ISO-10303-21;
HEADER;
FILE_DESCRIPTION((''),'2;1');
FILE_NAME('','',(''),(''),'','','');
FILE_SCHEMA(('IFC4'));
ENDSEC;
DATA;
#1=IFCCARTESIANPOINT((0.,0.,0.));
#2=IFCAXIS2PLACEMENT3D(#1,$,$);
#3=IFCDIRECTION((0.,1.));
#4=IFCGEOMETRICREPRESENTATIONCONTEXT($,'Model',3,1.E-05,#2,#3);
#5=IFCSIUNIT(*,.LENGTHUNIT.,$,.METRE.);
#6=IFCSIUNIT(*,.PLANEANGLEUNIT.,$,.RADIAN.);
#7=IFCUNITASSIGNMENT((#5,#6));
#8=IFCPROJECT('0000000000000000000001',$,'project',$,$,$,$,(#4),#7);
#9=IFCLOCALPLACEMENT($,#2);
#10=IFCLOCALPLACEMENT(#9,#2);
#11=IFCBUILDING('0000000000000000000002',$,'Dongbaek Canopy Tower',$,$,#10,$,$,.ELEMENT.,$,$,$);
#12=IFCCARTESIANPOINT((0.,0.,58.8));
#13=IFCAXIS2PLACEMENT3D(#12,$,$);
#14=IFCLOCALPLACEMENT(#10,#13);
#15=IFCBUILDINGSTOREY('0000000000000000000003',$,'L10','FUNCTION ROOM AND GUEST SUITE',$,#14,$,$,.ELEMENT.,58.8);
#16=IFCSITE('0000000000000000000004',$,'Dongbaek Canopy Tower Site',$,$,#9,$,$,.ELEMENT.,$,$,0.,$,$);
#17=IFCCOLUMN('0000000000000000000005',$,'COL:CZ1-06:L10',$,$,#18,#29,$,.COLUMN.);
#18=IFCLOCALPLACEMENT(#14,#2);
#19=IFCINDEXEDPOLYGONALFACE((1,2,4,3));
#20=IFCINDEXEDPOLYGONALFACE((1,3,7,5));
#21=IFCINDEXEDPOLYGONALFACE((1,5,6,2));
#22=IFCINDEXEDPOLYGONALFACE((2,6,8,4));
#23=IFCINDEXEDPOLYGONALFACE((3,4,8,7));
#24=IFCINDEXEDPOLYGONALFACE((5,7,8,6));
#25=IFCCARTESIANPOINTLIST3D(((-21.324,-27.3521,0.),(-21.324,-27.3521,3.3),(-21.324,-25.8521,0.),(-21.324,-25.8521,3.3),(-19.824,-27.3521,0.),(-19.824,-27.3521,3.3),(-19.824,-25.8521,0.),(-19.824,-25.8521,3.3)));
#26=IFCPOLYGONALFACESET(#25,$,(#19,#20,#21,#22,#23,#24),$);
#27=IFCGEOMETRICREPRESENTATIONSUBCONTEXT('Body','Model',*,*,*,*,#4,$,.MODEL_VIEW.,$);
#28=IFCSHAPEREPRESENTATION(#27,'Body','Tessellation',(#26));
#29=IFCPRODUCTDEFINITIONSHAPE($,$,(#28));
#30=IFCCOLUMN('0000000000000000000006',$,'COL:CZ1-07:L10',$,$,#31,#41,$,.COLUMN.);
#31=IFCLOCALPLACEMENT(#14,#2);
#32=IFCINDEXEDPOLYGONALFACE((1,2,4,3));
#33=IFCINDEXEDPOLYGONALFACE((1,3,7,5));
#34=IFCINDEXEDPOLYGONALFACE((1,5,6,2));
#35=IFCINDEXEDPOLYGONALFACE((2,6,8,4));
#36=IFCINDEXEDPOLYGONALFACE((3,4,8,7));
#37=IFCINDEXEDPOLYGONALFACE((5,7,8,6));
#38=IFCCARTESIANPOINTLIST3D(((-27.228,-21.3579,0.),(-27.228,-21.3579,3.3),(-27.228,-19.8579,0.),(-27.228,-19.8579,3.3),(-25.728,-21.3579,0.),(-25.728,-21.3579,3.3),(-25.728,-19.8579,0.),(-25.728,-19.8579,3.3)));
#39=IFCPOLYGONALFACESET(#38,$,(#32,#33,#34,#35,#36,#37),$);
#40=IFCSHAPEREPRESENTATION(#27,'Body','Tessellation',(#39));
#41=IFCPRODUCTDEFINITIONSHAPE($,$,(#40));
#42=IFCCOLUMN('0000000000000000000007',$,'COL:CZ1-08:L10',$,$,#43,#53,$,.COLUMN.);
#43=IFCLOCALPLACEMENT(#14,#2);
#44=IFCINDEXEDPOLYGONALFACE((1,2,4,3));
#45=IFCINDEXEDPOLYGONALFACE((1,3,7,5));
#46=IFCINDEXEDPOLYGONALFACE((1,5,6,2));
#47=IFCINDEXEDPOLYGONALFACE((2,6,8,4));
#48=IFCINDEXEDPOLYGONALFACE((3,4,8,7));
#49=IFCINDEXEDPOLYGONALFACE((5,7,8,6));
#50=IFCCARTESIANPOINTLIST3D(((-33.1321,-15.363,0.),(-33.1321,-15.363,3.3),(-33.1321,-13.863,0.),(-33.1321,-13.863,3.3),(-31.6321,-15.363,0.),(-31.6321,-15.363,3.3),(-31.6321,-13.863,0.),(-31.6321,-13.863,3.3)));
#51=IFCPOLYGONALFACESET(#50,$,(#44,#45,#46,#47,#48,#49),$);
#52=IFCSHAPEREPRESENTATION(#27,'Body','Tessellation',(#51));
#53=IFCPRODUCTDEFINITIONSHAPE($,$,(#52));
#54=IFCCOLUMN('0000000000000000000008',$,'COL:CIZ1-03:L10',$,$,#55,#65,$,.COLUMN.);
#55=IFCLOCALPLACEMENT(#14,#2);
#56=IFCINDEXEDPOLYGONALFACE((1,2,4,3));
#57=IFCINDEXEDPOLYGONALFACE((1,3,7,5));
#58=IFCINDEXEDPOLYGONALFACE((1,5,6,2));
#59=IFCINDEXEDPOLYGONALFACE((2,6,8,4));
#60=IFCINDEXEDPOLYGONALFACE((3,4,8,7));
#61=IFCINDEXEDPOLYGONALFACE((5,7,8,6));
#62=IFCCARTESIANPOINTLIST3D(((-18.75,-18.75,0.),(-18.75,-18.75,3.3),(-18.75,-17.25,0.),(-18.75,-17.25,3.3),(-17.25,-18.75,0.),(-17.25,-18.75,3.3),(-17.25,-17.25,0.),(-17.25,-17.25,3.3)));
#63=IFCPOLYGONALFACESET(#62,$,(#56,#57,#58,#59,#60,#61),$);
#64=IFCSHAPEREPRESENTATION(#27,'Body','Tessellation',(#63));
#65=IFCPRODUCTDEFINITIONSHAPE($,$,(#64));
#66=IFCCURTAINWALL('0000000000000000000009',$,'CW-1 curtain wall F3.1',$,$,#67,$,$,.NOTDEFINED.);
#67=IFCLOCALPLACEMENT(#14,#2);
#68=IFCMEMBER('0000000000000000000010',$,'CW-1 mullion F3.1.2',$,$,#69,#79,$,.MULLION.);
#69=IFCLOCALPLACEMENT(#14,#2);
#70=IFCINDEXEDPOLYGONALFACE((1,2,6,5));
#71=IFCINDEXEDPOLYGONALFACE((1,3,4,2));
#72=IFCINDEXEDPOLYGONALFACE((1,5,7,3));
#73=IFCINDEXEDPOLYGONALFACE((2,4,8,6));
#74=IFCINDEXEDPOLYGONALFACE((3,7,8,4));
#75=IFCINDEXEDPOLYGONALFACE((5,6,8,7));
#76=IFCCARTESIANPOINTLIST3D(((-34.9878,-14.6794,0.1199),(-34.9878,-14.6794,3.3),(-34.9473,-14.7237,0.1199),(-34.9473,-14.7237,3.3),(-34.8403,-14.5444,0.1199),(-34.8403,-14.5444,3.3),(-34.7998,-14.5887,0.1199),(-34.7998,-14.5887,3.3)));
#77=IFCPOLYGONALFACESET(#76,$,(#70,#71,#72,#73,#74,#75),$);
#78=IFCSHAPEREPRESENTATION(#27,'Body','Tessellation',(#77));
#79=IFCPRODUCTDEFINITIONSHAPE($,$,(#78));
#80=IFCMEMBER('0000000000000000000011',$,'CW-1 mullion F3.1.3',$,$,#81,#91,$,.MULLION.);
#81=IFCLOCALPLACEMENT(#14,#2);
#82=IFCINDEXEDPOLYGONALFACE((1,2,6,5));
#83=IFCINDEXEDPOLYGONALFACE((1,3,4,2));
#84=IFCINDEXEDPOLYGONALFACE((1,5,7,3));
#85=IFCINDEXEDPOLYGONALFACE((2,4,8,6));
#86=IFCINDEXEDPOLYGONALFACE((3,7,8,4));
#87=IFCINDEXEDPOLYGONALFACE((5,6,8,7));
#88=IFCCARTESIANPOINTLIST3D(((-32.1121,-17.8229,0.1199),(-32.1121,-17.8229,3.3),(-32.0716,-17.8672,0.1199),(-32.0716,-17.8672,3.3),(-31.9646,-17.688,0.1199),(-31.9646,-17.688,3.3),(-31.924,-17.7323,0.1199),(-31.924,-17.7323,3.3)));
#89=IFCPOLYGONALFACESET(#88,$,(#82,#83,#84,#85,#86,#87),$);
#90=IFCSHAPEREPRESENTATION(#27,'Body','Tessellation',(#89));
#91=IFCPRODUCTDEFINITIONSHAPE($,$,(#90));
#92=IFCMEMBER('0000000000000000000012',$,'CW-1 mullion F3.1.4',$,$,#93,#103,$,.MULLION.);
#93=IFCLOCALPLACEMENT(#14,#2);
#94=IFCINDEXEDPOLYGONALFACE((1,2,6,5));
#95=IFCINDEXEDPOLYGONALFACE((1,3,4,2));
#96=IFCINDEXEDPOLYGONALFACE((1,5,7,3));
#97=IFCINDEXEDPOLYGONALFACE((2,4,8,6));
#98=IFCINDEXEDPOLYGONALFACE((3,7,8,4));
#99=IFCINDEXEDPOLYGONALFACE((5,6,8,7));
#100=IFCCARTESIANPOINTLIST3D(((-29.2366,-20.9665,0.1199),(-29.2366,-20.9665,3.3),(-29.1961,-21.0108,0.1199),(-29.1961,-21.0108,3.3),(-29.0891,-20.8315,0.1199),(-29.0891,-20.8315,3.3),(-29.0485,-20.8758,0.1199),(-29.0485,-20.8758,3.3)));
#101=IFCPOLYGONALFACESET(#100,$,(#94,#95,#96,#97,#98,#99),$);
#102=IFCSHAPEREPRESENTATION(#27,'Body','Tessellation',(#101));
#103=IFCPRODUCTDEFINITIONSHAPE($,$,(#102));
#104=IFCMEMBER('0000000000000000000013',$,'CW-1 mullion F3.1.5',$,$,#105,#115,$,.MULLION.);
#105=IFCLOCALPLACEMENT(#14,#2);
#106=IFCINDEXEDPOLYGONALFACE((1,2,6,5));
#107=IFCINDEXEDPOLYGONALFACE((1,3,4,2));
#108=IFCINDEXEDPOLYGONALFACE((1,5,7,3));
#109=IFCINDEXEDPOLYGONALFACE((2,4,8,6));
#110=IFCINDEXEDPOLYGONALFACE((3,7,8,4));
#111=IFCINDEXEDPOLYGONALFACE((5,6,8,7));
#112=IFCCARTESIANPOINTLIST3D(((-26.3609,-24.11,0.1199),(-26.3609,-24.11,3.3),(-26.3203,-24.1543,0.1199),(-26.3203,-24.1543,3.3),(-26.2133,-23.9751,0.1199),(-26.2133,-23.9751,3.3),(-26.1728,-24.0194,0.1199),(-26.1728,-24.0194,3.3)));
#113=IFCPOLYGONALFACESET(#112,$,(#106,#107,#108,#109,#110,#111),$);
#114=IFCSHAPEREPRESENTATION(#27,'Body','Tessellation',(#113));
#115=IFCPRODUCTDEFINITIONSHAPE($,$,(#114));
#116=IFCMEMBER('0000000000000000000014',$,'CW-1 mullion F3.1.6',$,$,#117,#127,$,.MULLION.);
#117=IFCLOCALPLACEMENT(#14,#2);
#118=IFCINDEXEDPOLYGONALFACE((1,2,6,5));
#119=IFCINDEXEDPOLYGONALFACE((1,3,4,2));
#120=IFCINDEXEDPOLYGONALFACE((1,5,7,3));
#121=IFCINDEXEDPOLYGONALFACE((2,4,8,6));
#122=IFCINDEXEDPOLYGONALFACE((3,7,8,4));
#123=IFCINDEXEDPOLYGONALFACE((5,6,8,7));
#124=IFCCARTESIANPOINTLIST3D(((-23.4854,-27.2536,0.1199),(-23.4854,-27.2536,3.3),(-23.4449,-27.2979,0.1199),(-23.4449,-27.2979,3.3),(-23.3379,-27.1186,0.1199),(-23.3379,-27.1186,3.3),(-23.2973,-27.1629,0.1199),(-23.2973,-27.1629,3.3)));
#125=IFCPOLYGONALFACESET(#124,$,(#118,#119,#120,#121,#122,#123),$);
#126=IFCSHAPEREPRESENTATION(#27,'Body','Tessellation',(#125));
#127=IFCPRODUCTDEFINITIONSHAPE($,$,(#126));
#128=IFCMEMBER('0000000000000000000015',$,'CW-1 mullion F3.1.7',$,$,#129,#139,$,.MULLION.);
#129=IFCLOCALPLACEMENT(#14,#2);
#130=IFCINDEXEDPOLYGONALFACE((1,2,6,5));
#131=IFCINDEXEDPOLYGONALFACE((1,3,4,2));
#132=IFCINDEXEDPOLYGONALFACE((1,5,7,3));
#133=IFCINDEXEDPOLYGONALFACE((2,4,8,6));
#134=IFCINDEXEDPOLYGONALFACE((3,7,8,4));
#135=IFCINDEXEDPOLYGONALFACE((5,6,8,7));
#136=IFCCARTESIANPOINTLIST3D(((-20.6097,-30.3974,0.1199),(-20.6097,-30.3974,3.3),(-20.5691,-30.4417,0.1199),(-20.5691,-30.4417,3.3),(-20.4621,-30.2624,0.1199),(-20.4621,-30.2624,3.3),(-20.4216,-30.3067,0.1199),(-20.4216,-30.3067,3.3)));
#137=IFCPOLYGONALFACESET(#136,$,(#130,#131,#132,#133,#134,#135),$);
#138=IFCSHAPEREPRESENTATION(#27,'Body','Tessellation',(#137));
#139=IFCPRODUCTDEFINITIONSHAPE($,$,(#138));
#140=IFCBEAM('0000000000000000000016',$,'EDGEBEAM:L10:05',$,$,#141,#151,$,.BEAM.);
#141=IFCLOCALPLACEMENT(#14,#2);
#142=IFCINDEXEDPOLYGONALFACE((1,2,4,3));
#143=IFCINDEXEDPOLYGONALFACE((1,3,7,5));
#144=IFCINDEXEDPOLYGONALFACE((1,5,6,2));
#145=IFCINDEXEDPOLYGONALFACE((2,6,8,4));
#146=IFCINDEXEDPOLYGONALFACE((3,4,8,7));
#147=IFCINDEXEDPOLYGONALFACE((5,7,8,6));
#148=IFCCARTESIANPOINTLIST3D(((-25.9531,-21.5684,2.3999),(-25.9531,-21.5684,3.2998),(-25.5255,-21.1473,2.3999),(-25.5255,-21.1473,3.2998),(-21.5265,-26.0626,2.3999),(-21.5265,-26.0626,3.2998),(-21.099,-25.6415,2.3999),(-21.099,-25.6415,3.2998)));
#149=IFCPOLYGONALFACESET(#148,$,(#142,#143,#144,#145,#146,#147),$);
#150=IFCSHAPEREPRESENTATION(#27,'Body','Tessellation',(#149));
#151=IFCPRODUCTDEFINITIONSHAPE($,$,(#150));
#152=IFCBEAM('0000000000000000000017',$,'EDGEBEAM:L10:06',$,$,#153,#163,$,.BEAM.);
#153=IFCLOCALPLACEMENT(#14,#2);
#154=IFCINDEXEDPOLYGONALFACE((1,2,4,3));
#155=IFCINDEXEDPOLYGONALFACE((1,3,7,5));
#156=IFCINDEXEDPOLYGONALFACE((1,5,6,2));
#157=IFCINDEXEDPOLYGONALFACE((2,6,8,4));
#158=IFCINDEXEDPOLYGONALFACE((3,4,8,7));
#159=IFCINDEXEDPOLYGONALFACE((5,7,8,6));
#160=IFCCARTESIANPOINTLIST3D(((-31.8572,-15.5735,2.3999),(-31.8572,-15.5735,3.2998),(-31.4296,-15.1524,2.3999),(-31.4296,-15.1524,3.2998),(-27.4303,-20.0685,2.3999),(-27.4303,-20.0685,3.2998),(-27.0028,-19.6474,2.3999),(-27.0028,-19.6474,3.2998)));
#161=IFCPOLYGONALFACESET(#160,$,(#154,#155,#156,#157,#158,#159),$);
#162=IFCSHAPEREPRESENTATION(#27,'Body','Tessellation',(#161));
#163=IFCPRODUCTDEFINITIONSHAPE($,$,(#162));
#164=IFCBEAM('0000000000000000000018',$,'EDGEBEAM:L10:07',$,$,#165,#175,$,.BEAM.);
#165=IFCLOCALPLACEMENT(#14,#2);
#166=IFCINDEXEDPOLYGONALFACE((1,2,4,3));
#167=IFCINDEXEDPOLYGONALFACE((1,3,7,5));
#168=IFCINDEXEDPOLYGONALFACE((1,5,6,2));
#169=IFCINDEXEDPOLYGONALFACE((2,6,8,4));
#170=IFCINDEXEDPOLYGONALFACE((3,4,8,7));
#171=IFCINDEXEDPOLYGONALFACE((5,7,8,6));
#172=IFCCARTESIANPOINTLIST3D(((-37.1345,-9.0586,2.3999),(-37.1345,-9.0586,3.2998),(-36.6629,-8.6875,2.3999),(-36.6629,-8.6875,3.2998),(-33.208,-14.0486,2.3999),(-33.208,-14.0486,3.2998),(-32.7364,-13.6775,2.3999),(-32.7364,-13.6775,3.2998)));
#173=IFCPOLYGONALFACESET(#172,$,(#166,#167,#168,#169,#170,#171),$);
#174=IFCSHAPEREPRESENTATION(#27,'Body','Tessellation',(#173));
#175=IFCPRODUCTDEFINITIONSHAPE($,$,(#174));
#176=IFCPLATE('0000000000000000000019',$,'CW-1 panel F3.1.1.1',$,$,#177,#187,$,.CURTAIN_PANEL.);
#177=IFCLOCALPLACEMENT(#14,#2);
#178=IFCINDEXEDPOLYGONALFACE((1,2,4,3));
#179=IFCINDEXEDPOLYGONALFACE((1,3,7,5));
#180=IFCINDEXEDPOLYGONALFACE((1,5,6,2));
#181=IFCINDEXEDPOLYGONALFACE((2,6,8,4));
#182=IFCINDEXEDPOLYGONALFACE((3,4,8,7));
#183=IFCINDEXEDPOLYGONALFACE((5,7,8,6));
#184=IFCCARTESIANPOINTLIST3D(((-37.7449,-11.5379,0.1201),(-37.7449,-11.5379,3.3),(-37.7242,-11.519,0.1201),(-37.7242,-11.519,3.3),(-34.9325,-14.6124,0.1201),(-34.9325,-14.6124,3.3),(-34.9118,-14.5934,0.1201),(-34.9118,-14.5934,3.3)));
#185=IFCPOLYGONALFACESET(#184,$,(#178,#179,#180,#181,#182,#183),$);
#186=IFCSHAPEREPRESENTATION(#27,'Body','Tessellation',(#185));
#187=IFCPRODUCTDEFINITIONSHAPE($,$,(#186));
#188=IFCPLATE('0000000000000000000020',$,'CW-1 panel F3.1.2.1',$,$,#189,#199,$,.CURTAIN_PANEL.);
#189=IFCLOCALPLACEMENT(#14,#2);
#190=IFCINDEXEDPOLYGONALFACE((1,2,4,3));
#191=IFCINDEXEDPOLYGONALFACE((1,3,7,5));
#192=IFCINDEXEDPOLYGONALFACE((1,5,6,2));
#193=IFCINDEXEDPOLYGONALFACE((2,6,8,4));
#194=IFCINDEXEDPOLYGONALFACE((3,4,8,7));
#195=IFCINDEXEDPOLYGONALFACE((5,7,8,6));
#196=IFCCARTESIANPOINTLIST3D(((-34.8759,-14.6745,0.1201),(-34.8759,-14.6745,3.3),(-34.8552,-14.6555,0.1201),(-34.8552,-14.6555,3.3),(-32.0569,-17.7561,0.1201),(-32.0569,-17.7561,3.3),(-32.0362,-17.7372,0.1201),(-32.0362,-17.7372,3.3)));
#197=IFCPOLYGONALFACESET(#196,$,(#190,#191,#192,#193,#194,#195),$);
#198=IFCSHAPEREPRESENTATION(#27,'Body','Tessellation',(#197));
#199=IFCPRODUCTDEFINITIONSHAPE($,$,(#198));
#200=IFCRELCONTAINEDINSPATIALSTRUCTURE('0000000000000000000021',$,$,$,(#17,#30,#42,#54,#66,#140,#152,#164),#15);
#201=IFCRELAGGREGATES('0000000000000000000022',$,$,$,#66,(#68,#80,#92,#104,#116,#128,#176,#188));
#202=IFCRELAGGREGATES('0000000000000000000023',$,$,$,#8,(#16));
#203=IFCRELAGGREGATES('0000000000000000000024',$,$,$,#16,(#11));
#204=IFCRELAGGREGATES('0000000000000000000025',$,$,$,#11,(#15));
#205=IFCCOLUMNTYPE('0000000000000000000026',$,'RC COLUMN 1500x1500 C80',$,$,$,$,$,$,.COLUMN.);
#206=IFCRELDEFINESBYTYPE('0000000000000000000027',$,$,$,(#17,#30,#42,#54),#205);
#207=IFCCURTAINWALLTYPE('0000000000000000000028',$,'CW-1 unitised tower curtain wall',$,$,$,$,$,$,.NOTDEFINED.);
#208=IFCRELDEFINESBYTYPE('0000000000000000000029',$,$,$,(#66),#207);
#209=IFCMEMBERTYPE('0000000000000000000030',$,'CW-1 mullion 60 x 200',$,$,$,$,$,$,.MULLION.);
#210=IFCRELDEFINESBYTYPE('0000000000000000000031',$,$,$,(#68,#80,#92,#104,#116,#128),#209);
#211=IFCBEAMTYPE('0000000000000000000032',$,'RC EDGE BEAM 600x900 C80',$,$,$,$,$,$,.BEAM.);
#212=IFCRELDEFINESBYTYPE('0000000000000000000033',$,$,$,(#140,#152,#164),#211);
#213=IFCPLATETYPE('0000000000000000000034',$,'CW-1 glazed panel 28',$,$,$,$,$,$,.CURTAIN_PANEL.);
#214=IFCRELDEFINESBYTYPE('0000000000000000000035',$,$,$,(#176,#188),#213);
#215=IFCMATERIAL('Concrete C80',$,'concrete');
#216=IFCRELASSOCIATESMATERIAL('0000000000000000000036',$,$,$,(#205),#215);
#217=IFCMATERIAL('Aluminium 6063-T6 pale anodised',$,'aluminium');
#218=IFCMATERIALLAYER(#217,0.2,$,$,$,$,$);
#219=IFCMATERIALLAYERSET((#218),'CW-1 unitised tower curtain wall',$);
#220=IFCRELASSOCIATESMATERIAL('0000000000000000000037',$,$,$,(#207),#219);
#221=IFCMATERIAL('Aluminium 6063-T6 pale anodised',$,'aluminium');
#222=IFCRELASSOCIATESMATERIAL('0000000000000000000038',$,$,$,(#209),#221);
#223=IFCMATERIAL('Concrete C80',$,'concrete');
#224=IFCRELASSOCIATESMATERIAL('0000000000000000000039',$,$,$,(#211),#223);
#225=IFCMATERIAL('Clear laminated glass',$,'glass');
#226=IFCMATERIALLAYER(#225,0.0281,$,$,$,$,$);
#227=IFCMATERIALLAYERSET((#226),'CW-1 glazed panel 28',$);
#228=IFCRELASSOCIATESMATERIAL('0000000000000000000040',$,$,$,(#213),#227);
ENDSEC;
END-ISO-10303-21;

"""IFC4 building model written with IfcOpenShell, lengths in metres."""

from ifc_helpers import new_model, si_unit, direction, frame, origin, origin_2d, place, context, subcontext, project, spatial, rectangle, extrude, material, layer, layer_set, material_profile, profile_set, type_object, element, aggregate, save


model = new_model("IFC4")

# Units and contexts
model_context = context("Model", 3, precision=1e-05, world=origin(), true_north=direction((0.0, 1.0)))
body_context = subcontext(model_context, "Body", "Model", "MODEL_VIEW")
ifc_project = project(units=[si_unit("LENGTHUNIT", "METRE"), si_unit("PLANEANGLEUNIT", "RADIAN")], contexts=[model_context])

# Site, building, storey
site_placement = place(None, origin())
site = spatial("IfcSite", under=ifc_project, at=site_placement, Name="Dongbaek Canopy Tower Site", CompositionType="ELEMENT", RefElevation=0.0)
building_placement = place(site_placement, origin())
building = spatial("IfcBuilding", under=site, at=building_placement, Name="Dongbaek Canopy Tower", CompositionType="ELEMENT")
storey_placement = place(building_placement, frame((0.0, 0.0, 58.8)))
storey = spatial("IfcBuildingStorey", under=building, at=storey_placement, Name="L10", Description="FUNCTION ROOM AND GUEST SUITE", CompositionType="ELEMENT", Elevation=58.8)

# Columns
ifc_material_1 = material(Name="Concrete C80", Category="concrete")
ifc_material_profile_1 = material_profile(ifc_material_1, rectangle(XDim=1.5, YDim=1.5, at=origin_2d()), Name="RC COLUMN 1500x1500 C80")
ifc_profile_set_1 = profile_set([ifc_material_profile_1], Name="Concrete C80")
column_type = type_object("IfcColumnType", Name="RC COLUMN 1500x1500 C80", PredefinedType="COLUMN", material=ifc_profile_set_1)
for number, where, z_axis, x_axis, name in (
    (1, (-20.574, -26.6021, 0.0), (0.0, 0.0, 1.0), (1.0, 0.0, 0.0), "COL:CZ1-06:L10"),
    (2, (-26.478, -20.6079, 0.0), (0.0, 0.0, 1.0), (1.0, 0.0, 0.0), "COL:CZ1-07:L10"),
    (3, (-32.3821, -14.613, 0.0), (0.0, 0.0, 1.0), (1.0, 0.0, 0.0), "COL:CZ1-08:L10"),
    (4, (-18.0, -18.0, 0.0), (0.0, 0.0, 1.0), (1.0, 0.0, 0.0), "COL:CIZ1-03:L10"),
):
    element("IfcColumn", number, at=place(storey_placement, frame(where, z_axis=z_axis, x_axis=x_axis)), inside=storey, type_object=column_type, Name=name, PredefinedType="COLUMN", context=body_context, shape_type="SweptSolid", body=[
        extrude(rectangle(XDim=1.5, YDim=1.5, at=origin_2d()), origin(), (0.0, 0.0, 1.0), 3.3),
    ])

# Curtain wall, members
ifc_material_2 = material(Name="Aluminium 6063-T6 pale anodised", Category="aluminium")
ifc_layer_1 = layer(ifc_material_2, 0.2)
ifc_layer_set_1 = layer_set([ifc_layer_1], Name="CW-1 unitised tower curtain wall")
curtain_wall_type = type_object("IfcCurtainWallType", Name="CW-1 unitised tower curtain wall", PredefinedType="NOTDEFINED", material=ifc_layer_set_1)
curtain_wall_1_placement = place(storey_placement, origin())
curtain_wall_1 = element("IfcCurtainWall", 5, at=curtain_wall_1_placement, inside=storey, type_object=curtain_wall_type, Name="CW-1 curtain wall F3.1", PredefinedType="NOTDEFINED")
ifc_material_3 = material(Name="Aluminium 6063-T6 pale anodised", Category="aluminium")
ifc_material_profile_2 = material_profile(ifc_material_3, rectangle(XDim=0.2, YDim=0.0601, at=origin_2d()), Name="CW-1 mullion 60 x 200")
ifc_profile_set_2 = profile_set([ifc_material_profile_2], Name="Aluminium 6063-T6 pale anodised")
member_type = type_object("IfcMemberType", Name="CW-1 mullion 60 x 200", PredefinedType="MULLION", material=ifc_profile_set_2)
member_1_placement = place(storey_placement, frame((-34.8938, -14.634, 0.1199), z_axis=(0.0, 0.0, 1.0), x_axis=(-0.737855, -0.674959, 0.0)))
member_1 = element("IfcMember", 6, at=member_1_placement, type_object=member_type, Name="CW-1 mullion F3.1.2", PredefinedType="MULLION", context=body_context, shape_type="SweptSolid", body=[
    extrude(rectangle(XDim=0.2, YDim=0.0601, at=origin_2d()), origin(), (0.0, 0.0, 1.0), 3.1802),
])
member_2_placement = place(storey_placement, frame((-32.0181, -17.7776, 0.1199), z_axis=(0.0, 0.0, 1.0), x_axis=(-0.737855, -0.674959, 0.0)))
member_2 = element("IfcMember", 7, at=member_2_placement, type_object=member_type, Name="CW-1 mullion F3.1.3", PredefinedType="MULLION", context=body_context, shape_type="SweptSolid", body=[
    extrude(rectangle(XDim=0.2, YDim=0.0601, at=origin_2d()), origin(), (0.0, 0.0, 1.0), 3.1802),
])
member_3_placement = place(storey_placement, frame((-29.1426, -20.9211, 0.1199), z_axis=(0.0, 0.0, 1.0), x_axis=(-0.737855, -0.674959, 0.0)))
member_3 = element("IfcMember", 8, at=member_3_placement, type_object=member_type, Name="CW-1 mullion F3.1.4", PredefinedType="MULLION", context=body_context, shape_type="SweptSolid", body=[
    extrude(rectangle(XDim=0.2, YDim=0.0601, at=origin_2d()), origin(), (0.0, 0.0, 1.0), 3.1802),
])
member_4_placement = place(storey_placement, frame((-26.2668, -24.0647, 0.1199), z_axis=(0.0, 0.0, 1.0), x_axis=(-0.737855, -0.674959, 0.0)))
member_4 = element("IfcMember", 9, at=member_4_placement, type_object=member_type, Name="CW-1 mullion F3.1.5", PredefinedType="MULLION", context=body_context, shape_type="SweptSolid", body=[
    extrude(rectangle(XDim=0.2, YDim=0.0601, at=origin_2d()), origin(), (0.0, 0.0, 1.0), 3.1802),
])
member_5_placement = place(storey_placement, frame((-23.3914, -27.2083, 0.1199), z_axis=(0.0, 0.0, 1.0), x_axis=(-0.737855, -0.674959, 0.0)))
member_5 = element("IfcMember", 10, at=member_5_placement, type_object=member_type, Name="CW-1 mullion F3.1.6", PredefinedType="MULLION", context=body_context, shape_type="SweptSolid", body=[
    extrude(rectangle(XDim=0.2, YDim=0.0601, at=origin_2d()), origin(), (0.0, 0.0, 1.0), 3.1802),
])
member_6_placement = place(storey_placement, frame((-20.5156, -30.3521, 0.1199), z_axis=(0.0, 0.0, 1.0), x_axis=(-0.737855, -0.674959, 0.0)))
member_6 = element("IfcMember", 11, at=member_6_placement, type_object=member_type, Name="CW-1 mullion F3.1.7", PredefinedType="MULLION", context=body_context, shape_type="SweptSolid", body=[
    extrude(rectangle(XDim=0.2, YDim=0.0601, at=origin_2d()), origin(), (0.0, 0.0, 1.0), 3.1802),
])

# Beams
ifc_material_4 = material(Name="Concrete C80", Category="concrete")
ifc_material_profile_3 = material_profile(ifc_material_4, rectangle(XDim=0.6001, YDim=0.8999, at=origin_2d()), Name="RC EDGE BEAM 600x900 C80")
ifc_profile_set_3 = profile_set([ifc_material_profile_3], Name="Concrete C80")
beam_type = type_object("IfcBeamType", Name="RC EDGE BEAM 600x900 C80", PredefinedType="BEAM", material=ifc_profile_set_3)
beam_1_placement = place(storey_placement, frame((-21.3127, -25.8521, 2.8499), z_axis=(-0.701726, 0.712447, 0.0), x_axis=(-0.712447, -0.701726, 0.0)))
element("IfcBeam", 12, at=beam_1_placement, inside=storey, type_object=beam_type, Name="EDGEBEAM:L10:05", PredefinedType="BEAM", context=body_context, shape_type="SweptSolid", body=[
    extrude(rectangle(XDim=0.6001, YDim=0.8999, at=origin_2d()), origin(), (0.0, 0.0, 1.0), 6.3081),
])
beam_2_placement = place(storey_placement, frame((-27.2166, -19.8579, 2.8499), z_axis=(-0.701688, 0.712485, 0.0), x_axis=(-0.712485, -0.701688, 0.0)))
element("IfcBeam", 13, at=beam_2_placement, inside=storey, type_object=beam_type, Name="EDGEBEAM:L10:06", PredefinedType="BEAM", context=body_context, shape_type="SweptSolid", body=[
    extrude(rectangle(XDim=0.6001, YDim=0.8999, at=origin_2d()), origin(), (0.0, 0.0, 1.0), 6.3088),
])
beam_3_placement = place(storey_placement, frame((-32.9722, -13.863, 2.8499), z_axis=(-0.618387, 0.785874, 0.0), x_axis=(-0.785874, -0.618387, 0.0)))
element("IfcBeam", 14, at=beam_3_placement, inside=storey, type_object=beam_type, Name="EDGEBEAM:L10:07", PredefinedType="BEAM", context=body_context, shape_type="SweptSolid", body=[
    extrude(rectangle(XDim=0.6001, YDim=0.8999, at=origin_2d()), origin(), (0.0, 0.0, 1.0), 6.3496),
])

# Plates
ifc_material_5 = material(Name="Clear laminated glass", Category="glass")
ifc_layer_2 = layer(ifc_material_5, 0.0281)
ifc_layer_set_2 = layer_set([ifc_layer_2], Name="CW-1 glazed panel 28")
plate_type = type_object("IfcPlateType", Name="CW-1 glazed panel 28", PredefinedType="CURTAIN_PANEL", material=ifc_layer_set_2)
plate_1_placement = place(storey_placement, frame((-36.3284, -13.0657, 0.1201), z_axis=(0.0, 0.0, 1.0), x_axis=(0.674959, -0.737855, 0.0)))
plate_1 = element("IfcPlate", 15, at=plate_1_placement, type_object=plate_type, Name="CW-1 panel F3.1.1.1", PredefinedType="CURTAIN_PANEL", context=body_context, shape_type="SweptSolid", body=[
    extrude(rectangle(XDim=4.1667, YDim=0.0281, at=origin_2d()), origin(), (0.0, 0.0, 1.0), 3.1799),
])
plate_2_placement = place(storey_placement, frame((-33.4561, -16.2058, 0.1201), z_axis=(0.0, 0.0, 1.0), x_axis=(0.674959, -0.737855, 0.0)))
plate_2 = element("IfcPlate", 16, at=plate_2_placement, type_object=plate_type, Name="CW-1 panel F3.1.2.1", PredefinedType="CURTAIN_PANEL", context=body_context, shape_type="SweptSolid", body=[
    extrude(rectangle(XDim=4.1765, YDim=0.0281, at=origin_2d()), origin(), (0.0, 0.0, 1.0), 3.1799),
])

aggregate(curtain_wall_1, [member_1, member_2, member_3, member_4, member_5, member_6, plate_1, plate_2])

save(model, "model.ifc")
